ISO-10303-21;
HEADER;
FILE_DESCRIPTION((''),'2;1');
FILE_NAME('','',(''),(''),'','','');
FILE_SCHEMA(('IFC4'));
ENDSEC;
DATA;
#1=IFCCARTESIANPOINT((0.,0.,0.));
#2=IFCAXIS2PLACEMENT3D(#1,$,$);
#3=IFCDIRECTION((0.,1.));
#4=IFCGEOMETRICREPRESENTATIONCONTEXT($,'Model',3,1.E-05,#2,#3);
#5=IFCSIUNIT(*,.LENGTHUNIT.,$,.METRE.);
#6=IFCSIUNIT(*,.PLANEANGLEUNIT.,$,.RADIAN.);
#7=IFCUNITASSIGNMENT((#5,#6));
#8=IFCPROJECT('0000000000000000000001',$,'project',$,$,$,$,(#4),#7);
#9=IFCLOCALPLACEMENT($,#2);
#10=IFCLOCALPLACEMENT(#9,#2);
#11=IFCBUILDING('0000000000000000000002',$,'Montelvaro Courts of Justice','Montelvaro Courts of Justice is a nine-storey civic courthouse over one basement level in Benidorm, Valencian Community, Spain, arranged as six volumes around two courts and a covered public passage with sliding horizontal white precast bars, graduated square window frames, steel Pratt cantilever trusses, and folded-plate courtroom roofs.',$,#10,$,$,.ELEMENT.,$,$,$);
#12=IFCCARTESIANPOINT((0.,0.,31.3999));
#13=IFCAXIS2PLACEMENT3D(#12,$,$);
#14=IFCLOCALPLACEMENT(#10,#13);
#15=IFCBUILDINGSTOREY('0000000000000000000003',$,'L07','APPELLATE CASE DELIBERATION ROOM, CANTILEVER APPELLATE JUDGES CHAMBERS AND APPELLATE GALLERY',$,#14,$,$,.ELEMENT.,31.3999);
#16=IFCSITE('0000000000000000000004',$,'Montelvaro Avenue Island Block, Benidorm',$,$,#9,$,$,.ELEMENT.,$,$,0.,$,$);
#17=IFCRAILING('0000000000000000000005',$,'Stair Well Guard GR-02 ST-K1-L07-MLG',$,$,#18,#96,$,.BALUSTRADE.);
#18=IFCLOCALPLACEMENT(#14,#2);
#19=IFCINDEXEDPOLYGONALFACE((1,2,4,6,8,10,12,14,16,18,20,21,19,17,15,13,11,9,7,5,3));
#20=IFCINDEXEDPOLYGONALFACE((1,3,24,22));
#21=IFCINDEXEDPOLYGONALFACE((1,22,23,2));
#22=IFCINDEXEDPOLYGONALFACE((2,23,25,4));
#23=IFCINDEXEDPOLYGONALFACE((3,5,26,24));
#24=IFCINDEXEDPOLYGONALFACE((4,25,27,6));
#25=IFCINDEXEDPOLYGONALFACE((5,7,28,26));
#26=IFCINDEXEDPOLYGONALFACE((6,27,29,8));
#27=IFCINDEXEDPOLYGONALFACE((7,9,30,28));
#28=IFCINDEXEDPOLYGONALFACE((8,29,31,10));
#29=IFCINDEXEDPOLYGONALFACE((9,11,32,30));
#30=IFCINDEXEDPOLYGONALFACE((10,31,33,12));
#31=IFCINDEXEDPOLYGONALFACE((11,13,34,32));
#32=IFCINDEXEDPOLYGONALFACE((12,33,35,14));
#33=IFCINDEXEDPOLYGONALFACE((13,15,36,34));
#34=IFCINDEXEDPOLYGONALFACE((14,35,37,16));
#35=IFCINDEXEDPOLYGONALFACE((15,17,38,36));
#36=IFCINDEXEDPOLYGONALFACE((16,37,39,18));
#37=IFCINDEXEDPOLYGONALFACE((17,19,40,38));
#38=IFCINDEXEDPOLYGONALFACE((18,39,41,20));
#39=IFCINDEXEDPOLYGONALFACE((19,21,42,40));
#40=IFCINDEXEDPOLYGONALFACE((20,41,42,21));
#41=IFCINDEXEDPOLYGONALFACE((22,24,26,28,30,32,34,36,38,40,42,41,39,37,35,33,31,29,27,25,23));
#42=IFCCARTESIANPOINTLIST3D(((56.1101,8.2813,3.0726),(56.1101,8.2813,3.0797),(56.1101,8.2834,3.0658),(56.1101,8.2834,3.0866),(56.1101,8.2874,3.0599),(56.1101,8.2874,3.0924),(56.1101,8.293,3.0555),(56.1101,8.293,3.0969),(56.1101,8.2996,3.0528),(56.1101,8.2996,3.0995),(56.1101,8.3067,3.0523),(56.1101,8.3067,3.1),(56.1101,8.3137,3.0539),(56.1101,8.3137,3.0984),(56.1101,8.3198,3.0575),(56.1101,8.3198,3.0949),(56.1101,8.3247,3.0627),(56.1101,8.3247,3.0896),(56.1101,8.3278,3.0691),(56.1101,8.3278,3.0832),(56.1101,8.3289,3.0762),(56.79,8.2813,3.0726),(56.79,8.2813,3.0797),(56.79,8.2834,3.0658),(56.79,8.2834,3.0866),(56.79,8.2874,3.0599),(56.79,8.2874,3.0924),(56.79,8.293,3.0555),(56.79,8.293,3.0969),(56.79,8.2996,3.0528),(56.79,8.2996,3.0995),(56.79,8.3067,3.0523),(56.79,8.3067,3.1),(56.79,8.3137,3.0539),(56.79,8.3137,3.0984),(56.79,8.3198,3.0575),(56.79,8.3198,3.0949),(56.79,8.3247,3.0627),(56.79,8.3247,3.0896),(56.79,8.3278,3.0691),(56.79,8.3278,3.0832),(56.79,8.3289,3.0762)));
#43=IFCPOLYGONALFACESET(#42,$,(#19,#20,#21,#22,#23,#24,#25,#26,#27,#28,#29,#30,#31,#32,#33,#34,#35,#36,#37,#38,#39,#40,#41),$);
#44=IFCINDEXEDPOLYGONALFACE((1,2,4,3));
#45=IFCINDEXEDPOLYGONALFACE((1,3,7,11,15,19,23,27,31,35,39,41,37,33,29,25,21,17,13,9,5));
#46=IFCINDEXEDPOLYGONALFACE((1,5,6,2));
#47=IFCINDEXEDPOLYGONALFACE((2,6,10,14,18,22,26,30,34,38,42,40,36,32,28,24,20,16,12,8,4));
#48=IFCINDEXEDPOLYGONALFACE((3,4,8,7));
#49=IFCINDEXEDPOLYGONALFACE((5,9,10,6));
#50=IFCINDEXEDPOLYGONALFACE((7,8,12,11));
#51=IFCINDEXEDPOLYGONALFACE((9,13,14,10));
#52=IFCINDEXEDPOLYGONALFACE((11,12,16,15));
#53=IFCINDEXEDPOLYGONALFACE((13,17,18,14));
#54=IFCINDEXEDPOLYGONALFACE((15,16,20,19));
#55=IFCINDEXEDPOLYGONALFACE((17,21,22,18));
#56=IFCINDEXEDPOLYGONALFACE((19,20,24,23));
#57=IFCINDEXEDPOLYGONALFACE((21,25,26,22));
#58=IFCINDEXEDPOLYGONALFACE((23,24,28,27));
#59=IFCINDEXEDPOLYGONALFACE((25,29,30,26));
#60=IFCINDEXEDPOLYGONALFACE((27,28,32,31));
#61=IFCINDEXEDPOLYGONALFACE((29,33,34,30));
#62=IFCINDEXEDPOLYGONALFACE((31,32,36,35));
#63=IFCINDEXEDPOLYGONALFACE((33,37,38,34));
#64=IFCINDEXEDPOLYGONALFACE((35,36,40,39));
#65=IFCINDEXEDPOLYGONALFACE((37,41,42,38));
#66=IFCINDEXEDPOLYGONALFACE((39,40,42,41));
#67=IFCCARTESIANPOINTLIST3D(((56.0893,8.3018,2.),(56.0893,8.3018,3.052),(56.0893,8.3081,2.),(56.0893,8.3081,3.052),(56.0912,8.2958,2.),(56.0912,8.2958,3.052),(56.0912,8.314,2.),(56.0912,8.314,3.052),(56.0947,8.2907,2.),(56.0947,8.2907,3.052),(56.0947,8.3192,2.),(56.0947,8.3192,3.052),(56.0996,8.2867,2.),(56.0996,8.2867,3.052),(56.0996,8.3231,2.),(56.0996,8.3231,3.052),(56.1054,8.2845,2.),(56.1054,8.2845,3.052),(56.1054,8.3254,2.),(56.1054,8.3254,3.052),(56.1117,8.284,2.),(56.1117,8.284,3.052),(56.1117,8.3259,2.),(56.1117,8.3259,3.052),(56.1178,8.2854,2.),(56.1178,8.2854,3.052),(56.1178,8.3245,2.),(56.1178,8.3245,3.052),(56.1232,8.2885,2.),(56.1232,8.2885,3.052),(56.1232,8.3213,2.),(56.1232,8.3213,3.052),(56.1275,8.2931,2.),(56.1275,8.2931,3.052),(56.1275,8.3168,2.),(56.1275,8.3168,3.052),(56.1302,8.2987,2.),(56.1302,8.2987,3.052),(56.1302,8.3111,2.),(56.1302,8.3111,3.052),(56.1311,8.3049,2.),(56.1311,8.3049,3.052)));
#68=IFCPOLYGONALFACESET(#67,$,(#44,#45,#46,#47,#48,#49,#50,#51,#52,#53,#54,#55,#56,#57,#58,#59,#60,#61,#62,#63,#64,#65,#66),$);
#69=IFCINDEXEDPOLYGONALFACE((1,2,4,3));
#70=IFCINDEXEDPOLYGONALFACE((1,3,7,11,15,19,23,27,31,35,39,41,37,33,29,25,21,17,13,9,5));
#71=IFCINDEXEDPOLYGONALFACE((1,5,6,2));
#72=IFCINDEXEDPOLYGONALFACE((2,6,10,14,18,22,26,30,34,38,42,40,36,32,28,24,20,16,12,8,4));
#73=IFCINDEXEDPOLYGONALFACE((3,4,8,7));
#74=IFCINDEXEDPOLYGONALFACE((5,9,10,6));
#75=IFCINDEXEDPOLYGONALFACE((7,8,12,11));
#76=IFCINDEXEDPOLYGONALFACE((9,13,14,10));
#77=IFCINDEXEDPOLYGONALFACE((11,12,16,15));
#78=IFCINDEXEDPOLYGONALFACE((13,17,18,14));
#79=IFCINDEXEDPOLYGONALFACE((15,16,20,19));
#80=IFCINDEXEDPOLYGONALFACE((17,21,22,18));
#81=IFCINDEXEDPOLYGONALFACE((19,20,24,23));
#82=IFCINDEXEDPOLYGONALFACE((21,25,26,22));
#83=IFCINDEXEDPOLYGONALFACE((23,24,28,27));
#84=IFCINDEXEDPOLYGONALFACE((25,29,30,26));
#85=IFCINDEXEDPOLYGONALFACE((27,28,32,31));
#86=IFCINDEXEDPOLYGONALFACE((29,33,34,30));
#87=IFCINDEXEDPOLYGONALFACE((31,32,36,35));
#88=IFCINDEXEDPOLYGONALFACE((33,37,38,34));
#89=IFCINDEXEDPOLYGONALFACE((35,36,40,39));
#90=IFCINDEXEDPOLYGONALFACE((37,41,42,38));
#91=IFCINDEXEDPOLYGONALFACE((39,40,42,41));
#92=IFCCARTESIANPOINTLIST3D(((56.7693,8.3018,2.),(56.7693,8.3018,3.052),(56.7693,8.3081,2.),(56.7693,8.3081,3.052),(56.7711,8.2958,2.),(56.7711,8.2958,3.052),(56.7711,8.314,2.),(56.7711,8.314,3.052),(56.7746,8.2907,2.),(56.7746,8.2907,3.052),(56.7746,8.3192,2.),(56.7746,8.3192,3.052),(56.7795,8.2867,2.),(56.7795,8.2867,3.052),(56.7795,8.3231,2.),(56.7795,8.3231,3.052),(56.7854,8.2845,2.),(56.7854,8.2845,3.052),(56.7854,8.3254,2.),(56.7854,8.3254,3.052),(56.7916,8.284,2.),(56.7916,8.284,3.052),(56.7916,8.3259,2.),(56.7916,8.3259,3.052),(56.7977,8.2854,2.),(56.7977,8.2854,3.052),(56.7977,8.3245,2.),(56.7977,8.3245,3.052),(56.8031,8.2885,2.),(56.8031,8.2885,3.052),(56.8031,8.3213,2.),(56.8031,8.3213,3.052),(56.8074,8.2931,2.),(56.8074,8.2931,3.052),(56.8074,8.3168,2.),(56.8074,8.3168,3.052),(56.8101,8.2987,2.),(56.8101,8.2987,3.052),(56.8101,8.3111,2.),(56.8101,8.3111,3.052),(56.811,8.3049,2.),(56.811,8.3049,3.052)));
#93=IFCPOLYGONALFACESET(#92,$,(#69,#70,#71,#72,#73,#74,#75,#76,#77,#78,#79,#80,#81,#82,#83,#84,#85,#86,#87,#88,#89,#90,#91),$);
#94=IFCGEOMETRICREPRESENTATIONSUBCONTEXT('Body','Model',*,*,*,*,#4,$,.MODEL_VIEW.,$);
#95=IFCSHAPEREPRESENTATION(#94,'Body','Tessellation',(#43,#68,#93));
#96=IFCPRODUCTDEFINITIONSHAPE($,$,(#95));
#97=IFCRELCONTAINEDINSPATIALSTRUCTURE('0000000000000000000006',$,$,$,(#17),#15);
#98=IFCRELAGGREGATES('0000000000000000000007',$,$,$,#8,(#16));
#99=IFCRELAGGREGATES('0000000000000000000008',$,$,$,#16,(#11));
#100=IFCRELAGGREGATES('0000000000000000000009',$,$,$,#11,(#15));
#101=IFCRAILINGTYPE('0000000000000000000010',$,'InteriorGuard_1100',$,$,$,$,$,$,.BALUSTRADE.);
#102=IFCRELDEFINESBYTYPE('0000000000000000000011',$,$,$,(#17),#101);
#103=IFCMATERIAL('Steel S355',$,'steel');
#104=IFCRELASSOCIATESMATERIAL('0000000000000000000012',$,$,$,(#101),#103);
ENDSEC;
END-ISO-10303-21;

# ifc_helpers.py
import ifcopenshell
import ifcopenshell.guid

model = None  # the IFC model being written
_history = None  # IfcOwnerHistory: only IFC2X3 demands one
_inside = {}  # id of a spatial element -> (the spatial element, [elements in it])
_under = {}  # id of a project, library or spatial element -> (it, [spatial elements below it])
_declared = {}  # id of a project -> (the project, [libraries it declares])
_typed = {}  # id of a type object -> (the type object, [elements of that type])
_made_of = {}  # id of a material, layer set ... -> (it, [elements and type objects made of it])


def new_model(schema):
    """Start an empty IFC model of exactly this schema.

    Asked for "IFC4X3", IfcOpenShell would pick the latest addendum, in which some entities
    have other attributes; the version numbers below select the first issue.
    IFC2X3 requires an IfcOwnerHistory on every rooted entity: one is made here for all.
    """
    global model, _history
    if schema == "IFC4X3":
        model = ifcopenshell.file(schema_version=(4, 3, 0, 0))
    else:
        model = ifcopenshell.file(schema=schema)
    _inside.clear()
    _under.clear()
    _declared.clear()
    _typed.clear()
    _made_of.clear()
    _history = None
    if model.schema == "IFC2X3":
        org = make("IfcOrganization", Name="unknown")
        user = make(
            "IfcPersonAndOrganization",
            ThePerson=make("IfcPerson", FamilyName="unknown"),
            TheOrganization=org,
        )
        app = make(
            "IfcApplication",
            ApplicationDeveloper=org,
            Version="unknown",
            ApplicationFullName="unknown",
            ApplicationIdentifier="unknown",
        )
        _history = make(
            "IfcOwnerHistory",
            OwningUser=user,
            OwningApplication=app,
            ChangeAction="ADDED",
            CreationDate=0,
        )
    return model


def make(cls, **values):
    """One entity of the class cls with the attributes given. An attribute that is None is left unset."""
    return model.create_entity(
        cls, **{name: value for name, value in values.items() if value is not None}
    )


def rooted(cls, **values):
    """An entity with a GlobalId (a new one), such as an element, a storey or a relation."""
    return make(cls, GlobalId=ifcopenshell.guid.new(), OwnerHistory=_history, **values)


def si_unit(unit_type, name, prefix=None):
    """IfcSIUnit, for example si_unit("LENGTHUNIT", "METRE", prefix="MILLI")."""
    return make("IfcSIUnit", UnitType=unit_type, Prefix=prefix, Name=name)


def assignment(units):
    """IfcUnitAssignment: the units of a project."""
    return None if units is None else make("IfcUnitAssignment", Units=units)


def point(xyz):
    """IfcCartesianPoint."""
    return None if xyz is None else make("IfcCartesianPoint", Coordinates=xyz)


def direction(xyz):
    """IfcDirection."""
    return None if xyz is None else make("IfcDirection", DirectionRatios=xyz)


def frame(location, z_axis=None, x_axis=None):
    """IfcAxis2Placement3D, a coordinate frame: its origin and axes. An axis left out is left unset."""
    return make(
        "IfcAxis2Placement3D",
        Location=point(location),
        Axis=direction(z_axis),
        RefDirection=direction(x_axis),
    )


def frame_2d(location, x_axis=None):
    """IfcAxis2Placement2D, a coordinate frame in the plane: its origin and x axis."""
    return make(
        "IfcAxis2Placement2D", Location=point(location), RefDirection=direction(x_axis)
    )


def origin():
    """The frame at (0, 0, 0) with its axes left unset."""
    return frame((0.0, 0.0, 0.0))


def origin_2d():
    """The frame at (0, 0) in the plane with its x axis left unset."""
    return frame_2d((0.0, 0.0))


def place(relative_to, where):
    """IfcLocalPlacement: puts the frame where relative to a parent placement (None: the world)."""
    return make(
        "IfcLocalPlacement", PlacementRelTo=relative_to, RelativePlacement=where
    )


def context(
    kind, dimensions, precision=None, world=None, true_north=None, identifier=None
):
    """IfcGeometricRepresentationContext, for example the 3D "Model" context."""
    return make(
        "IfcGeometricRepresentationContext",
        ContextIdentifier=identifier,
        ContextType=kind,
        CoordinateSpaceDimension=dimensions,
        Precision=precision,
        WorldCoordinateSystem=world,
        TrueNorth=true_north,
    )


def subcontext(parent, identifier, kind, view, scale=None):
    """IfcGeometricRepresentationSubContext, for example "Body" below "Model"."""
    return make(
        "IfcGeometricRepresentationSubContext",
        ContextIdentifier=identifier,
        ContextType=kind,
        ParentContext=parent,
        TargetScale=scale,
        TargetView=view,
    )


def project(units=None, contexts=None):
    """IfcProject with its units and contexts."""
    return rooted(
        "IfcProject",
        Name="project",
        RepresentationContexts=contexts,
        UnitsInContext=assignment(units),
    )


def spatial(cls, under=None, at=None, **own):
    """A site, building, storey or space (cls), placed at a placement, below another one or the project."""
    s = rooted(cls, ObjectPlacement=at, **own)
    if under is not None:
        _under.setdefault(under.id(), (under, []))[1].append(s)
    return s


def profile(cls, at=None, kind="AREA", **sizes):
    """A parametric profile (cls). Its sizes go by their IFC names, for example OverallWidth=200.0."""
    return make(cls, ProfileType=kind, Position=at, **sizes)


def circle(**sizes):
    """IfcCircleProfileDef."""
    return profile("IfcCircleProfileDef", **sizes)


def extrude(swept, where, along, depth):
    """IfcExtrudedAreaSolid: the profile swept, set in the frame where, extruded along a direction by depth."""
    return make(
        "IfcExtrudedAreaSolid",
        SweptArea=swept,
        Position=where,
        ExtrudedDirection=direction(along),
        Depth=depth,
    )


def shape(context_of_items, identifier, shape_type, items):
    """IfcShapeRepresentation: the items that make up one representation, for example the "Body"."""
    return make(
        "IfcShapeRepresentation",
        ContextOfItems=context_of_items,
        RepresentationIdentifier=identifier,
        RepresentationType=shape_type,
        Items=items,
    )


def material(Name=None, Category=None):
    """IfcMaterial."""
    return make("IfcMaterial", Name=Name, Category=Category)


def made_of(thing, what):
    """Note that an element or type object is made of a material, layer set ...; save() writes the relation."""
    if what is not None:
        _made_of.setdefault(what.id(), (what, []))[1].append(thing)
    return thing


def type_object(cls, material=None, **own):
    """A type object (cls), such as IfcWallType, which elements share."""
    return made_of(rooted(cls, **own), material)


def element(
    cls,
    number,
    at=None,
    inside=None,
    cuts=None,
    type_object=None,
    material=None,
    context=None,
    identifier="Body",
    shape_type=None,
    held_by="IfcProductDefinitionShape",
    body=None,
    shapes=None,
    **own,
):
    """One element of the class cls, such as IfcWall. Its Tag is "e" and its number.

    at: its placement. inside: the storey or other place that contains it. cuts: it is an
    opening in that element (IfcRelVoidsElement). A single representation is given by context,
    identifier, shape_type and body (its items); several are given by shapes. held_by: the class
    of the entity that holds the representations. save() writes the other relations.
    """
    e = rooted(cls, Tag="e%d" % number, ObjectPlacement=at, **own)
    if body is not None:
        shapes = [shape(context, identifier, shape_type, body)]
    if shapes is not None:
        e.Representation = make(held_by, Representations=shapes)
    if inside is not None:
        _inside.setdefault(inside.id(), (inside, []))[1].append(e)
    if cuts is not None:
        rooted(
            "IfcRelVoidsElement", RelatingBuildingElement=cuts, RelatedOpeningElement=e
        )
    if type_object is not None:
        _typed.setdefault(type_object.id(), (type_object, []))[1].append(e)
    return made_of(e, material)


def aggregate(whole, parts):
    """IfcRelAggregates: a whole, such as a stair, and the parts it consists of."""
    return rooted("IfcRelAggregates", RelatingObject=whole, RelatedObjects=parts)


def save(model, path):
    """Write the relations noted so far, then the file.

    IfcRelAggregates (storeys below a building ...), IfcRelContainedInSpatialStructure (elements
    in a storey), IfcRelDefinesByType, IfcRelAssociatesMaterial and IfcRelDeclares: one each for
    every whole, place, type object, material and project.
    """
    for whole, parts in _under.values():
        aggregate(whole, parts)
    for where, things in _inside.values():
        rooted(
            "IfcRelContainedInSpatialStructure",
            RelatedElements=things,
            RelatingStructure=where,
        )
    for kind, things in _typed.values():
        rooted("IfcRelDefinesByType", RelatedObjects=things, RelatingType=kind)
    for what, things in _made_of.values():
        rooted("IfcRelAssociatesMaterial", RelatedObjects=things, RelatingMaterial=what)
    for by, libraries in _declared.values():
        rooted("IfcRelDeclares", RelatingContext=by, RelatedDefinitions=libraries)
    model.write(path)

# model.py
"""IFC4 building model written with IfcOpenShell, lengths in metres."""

from ifc_helpers import new_model, si_unit, direction, frame, origin, origin_2d, place, context, subcontext, project, spatial, circle, extrude, material, type_object, element, save


model = new_model("IFC4")

# Units and contexts
model_context = context("Model", 3, precision=1e-05, world=origin(), true_north=direction((0.0, 1.0)))
body_context = subcontext(model_context, "Body", "Model", "MODEL_VIEW")
ifc_project = project(units=[si_unit("LENGTHUNIT", "METRE"), si_unit("PLANEANGLEUNIT", "RADIAN")], contexts=[model_context])

# Site, building, storey
site_placement = place(None, origin())
site = spatial("IfcSite", under=ifc_project, at=site_placement, Name="Montelvaro Avenue Island Block, Benidorm", CompositionType="ELEMENT", RefElevation=0.0)
building_placement = place(site_placement, origin())
building = spatial("IfcBuilding", under=site, at=building_placement, Name="Montelvaro Courts of Justice", Description="Montelvaro Courts of Justice is a nine-storey civic courthouse over one basement level in Benidorm, Valencian Community, Spain, arranged as six volumes around two courts and a covered public passage with sliding horizontal white precast bars, graduated square window frames, steel Pratt cantilever trusses, and folded-plate courtroom roofs.", CompositionType="ELEMENT")
storey_placement = place(building_placement, frame((0.0, 0.0, 31.3999)))
storey = spatial("IfcBuildingStorey", under=building, at=storey_placement, Name="L07", Description="APPELLATE CASE DELIBERATION ROOM, CANTILEVER APPELLATE JUDGES CHAMBERS AND APPELLATE GALLERY", CompositionType="ELEMENT", Elevation=31.3999)

# Shared definitions
ifc_material_1 = material(Name="Steel S355", Category="steel")

# Railing
railing_type_1 = type_object("IfcRailingType", Name="InteriorGuard_1100", PredefinedType="BALUSTRADE", material=ifc_material_1)
railing_1_placement = place(storey_placement, frame((56.1101, 8.3049, 2.0)))
element("IfcRailing", 1, at=railing_1_placement, inside=storey, type_object=railing_type_1, Name="Stair Well Guard GR-02 ST-K1-L07-MLG", PredefinedType="BALUSTRADE", context=body_context, shape_type="SweptSolid", body=[
    extrude(circle(Radius=0.0239, at=origin_2d()), frame((0.0, 0.0, 1.0762), z_axis=(1.0, 0.0, 0.0), x_axis=(0.0, 1.0, 0.0)), (0.0, 0.0, 1.0), 0.6799),
    extrude(circle(Radius=0.021, at=origin_2d()), origin(), (0.0, 0.0, 1.0), 1.052),
    extrude(circle(Radius=0.021, at=origin_2d()), frame((0.6799, 0.0, 0.0)), (0.0, 0.0, 1.0), 1.052),
])

save(model, "model.ifc")
